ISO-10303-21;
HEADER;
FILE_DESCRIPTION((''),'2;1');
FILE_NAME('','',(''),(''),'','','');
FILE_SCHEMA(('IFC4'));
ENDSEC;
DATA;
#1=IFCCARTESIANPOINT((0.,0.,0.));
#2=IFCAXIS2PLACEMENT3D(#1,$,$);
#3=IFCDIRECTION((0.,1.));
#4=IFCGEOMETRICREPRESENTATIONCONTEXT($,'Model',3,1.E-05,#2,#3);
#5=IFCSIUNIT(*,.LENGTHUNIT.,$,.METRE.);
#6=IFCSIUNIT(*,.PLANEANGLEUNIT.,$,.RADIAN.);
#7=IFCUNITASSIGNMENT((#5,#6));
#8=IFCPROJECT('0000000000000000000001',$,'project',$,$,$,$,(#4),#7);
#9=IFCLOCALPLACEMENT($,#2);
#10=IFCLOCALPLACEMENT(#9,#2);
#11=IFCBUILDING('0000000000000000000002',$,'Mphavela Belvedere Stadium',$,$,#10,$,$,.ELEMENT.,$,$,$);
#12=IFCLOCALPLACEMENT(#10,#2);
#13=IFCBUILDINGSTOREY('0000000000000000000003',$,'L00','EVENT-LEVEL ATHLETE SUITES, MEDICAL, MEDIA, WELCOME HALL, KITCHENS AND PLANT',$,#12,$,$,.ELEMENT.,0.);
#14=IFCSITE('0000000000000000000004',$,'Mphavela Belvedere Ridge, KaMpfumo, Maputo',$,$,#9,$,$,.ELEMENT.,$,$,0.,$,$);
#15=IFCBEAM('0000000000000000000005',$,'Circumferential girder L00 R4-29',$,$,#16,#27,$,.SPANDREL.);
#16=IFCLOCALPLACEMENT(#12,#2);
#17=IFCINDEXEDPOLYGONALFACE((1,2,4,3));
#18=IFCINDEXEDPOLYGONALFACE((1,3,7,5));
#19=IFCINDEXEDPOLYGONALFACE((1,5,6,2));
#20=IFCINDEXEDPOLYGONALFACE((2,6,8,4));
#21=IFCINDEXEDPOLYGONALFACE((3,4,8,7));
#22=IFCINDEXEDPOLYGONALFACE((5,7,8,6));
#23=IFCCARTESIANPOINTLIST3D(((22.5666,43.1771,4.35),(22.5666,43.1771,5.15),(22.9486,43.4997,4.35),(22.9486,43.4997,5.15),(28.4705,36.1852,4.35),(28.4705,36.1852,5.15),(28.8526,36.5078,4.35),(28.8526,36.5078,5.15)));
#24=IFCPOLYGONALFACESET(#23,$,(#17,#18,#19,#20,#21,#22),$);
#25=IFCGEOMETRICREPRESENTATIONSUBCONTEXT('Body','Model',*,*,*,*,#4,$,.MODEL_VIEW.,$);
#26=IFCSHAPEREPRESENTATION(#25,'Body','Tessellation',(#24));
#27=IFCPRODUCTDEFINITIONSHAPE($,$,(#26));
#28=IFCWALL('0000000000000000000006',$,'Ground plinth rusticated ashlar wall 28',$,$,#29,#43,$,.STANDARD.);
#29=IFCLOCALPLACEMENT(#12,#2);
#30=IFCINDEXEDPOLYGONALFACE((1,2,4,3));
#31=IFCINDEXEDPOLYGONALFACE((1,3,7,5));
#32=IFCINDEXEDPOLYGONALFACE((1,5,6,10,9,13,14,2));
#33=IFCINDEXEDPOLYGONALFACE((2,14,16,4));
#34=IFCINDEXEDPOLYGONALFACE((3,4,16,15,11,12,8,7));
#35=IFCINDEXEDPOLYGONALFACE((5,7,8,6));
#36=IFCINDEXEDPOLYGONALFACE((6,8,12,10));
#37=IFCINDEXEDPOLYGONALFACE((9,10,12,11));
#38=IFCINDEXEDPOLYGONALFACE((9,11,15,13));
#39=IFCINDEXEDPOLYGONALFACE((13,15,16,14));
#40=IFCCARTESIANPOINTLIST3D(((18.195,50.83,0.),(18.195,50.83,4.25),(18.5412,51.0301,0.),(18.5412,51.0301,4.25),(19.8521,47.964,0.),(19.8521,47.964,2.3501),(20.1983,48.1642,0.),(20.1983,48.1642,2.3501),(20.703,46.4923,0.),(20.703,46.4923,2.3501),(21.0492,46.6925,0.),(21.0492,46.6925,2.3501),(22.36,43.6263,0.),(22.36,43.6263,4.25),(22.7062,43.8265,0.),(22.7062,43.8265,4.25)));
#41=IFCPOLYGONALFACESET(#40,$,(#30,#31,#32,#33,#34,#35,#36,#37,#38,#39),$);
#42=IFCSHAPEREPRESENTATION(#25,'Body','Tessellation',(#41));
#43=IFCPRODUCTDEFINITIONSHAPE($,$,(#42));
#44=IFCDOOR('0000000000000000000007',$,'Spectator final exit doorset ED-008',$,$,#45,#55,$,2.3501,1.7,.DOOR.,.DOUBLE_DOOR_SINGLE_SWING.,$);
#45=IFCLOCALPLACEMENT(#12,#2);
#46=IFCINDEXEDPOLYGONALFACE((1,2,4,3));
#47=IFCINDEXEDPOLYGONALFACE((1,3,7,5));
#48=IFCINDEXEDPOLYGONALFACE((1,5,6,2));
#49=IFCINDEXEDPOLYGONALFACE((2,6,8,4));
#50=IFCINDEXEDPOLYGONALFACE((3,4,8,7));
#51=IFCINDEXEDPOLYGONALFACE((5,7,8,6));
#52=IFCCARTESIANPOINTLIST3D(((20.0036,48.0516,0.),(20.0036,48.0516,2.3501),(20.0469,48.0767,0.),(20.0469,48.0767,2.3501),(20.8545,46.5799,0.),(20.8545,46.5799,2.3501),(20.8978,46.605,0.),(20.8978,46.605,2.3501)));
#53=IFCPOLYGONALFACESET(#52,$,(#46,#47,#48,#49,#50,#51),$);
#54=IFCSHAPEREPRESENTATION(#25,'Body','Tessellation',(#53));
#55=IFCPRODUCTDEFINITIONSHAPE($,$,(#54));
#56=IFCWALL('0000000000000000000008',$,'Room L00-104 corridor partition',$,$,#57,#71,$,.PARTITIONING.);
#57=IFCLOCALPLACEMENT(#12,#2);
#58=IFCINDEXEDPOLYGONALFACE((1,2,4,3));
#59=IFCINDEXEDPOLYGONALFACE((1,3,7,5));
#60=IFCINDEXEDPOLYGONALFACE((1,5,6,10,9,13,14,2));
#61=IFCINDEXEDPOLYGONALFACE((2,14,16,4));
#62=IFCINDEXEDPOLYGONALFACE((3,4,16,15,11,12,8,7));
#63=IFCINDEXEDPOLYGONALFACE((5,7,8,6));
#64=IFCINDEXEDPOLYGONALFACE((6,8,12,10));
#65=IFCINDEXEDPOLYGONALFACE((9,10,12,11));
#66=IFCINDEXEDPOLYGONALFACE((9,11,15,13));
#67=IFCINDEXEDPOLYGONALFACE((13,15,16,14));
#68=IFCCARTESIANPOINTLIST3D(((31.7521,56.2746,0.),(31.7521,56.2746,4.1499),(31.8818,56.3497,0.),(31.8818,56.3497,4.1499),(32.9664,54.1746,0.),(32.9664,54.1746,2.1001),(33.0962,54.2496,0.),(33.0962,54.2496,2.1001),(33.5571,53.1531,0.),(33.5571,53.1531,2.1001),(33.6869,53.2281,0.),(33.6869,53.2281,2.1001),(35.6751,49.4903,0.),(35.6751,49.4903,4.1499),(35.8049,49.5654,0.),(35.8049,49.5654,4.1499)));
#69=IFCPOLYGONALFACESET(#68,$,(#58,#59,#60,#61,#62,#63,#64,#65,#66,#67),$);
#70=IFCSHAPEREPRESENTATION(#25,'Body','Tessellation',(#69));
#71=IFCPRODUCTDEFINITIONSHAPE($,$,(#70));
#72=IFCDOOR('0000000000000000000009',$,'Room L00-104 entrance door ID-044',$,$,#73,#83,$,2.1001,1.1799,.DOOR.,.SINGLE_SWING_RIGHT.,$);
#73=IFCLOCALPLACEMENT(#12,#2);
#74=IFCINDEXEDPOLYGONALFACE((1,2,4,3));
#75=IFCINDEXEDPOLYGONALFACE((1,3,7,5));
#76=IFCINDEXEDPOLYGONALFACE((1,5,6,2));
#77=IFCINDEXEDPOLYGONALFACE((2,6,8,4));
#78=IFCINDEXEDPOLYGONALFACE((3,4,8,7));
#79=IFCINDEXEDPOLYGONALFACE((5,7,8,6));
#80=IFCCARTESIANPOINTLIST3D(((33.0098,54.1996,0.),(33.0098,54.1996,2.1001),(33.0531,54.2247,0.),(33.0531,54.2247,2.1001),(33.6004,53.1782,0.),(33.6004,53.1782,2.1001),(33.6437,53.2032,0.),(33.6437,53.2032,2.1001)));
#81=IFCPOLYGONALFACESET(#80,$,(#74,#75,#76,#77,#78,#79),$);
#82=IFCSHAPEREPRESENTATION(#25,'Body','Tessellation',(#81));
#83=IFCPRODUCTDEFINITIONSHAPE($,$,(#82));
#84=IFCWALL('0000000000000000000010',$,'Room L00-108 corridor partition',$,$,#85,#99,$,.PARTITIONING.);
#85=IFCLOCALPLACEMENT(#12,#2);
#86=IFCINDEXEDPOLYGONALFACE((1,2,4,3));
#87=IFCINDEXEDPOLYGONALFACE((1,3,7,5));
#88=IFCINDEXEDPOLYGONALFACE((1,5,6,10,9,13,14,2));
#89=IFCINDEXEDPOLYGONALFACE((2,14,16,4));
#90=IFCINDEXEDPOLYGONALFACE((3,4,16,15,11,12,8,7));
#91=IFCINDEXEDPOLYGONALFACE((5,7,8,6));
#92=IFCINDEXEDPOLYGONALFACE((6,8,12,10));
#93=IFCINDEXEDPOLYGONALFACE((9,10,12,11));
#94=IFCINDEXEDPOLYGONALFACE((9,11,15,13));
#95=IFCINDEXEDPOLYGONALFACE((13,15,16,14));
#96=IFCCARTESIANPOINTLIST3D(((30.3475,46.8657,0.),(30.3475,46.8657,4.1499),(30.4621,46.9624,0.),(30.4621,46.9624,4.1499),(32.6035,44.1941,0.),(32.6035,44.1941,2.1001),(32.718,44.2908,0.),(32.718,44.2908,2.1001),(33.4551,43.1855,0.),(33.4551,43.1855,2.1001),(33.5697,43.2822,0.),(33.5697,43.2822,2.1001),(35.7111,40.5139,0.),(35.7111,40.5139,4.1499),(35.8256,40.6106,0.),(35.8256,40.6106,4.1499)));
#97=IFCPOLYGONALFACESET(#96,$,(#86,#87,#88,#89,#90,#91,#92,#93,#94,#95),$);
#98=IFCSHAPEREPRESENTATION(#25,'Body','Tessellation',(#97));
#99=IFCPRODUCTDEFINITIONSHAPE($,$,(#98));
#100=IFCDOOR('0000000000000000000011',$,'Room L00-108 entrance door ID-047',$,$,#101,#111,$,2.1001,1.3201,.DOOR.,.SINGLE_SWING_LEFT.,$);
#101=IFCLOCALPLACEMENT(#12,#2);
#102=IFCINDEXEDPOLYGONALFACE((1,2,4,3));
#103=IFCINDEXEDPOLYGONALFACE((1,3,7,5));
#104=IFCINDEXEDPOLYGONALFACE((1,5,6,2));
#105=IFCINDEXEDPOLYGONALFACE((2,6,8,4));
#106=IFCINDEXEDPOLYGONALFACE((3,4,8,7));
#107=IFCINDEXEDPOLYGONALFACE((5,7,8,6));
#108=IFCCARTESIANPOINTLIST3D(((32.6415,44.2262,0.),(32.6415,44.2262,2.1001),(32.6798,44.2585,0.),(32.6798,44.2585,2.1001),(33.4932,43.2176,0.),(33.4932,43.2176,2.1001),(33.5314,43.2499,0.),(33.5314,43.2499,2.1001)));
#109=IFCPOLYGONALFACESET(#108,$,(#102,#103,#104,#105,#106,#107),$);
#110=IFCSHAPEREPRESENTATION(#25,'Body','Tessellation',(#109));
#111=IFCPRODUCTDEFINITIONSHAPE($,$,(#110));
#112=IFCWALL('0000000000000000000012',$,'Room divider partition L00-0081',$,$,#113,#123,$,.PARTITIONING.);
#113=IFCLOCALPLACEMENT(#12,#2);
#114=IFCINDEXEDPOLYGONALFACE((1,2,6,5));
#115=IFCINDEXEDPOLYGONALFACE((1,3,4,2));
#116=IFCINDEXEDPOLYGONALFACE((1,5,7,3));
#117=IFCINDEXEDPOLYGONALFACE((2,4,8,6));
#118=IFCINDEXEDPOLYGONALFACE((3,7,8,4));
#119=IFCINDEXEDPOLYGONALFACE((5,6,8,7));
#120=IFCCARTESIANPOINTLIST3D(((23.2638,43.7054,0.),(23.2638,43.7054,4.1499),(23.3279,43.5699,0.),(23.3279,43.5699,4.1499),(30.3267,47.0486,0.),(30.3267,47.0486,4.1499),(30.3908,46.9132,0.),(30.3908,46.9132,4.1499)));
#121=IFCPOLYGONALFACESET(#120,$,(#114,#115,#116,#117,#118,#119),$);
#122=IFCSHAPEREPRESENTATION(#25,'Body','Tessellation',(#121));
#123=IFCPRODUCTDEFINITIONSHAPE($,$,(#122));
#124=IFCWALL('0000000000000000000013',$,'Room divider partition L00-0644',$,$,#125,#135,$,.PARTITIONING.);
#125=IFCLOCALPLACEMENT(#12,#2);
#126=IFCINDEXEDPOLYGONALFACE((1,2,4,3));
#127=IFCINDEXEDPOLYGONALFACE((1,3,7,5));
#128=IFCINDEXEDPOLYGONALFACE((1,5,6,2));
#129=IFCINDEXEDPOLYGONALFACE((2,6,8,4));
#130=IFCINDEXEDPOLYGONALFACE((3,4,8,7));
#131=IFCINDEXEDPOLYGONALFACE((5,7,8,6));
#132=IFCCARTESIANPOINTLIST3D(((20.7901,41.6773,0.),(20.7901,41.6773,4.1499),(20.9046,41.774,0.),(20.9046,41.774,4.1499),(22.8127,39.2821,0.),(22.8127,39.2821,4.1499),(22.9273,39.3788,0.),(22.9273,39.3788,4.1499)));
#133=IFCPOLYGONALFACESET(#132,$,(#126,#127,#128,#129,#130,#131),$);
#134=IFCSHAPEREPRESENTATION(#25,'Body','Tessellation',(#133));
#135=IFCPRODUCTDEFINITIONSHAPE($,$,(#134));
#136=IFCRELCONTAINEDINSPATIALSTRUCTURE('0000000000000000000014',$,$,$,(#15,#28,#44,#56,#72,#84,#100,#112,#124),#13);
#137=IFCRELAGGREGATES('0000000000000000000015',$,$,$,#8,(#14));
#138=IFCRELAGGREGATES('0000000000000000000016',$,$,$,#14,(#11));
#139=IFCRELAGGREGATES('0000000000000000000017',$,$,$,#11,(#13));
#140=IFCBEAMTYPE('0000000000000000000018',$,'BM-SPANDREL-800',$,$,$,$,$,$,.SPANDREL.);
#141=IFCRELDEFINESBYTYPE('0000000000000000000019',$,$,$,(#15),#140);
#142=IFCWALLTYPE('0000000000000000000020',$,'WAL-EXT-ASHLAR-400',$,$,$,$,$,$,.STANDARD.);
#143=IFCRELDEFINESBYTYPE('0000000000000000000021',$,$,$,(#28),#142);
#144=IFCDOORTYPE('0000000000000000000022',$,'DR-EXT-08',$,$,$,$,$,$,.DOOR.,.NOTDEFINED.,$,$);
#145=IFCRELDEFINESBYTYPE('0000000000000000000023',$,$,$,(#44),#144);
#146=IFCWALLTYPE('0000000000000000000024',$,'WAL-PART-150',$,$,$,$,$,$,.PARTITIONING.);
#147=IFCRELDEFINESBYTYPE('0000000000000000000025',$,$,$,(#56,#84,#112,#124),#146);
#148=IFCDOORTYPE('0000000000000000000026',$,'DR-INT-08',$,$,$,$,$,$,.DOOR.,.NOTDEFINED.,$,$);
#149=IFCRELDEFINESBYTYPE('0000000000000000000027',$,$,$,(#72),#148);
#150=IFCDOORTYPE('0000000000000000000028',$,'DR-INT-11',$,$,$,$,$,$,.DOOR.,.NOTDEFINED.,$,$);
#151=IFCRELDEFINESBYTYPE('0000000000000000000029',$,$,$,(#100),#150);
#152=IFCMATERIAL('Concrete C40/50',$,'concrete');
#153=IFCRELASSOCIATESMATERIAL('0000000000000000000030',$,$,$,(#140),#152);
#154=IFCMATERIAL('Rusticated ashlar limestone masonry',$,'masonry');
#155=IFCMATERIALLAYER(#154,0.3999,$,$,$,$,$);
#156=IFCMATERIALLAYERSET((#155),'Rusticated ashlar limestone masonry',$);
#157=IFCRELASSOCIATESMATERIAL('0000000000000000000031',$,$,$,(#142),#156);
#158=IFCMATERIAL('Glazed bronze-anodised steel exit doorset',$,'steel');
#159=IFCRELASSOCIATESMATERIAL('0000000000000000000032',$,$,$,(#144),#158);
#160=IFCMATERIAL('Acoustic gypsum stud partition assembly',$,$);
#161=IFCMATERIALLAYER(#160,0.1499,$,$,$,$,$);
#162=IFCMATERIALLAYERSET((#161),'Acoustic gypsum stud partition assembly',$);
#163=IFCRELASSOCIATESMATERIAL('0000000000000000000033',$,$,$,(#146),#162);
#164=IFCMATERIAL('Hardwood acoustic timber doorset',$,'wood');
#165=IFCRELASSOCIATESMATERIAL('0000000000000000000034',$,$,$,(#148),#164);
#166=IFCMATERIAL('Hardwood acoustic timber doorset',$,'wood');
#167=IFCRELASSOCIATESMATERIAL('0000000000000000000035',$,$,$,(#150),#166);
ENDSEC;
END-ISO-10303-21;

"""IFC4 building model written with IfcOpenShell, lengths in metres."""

from ifc_helpers import new_model, si_unit, direction, frame, frame_2d, origin, origin_2d, place, context, subcontext, project, spatial, rectangle, extrude, material, layer, layer_set, material_profile, profile_set, type_object, element, fill, save


model = new_model("IFC4")

# Units and contexts
model_context = context("Model", 3, precision=1e-05, world=origin(), true_north=direction((0.0, 1.0)))
body_context = subcontext(model_context, "Body", "Model", "MODEL_VIEW")
ifc_project = project(units=[si_unit("LENGTHUNIT", "METRE"), si_unit("PLANEANGLEUNIT", "RADIAN")], contexts=[model_context])

# Site, building, storey
site_placement = place(None, origin())
site = spatial("IfcSite", under=ifc_project, at=site_placement, Name="Mphavela Belvedere Ridge, KaMpfumo, Maputo", CompositionType="ELEMENT", RefElevation=0.0)
building_placement = place(site_placement, origin())
building = spatial("IfcBuilding", under=site, at=building_placement, Name="Mphavela Belvedere Stadium", CompositionType="ELEMENT")
storey_placement = place(building_placement, origin())
storey = spatial("IfcBuildingStorey", under=building, at=storey_placement, Name="L00", Description="EVENT-LEVEL ATHLETE SUITES, MEDICAL, MEDIA, WELCOME HALL, KITCHENS AND PLANT", CompositionType="ELEMENT", Elevation=0.0)

# Beam
ifc_material_1 = material(Name="Concrete C40/50", Category="concrete")
ifc_material_profile_1 = material_profile(ifc_material_1, rectangle(XDim=0.5, YDim=0.8, at=origin_2d()), Name="RC 500x800")
ifc_profile_set_1 = profile_set([ifc_material_profile_1], Name="Concrete C40/50")
beam_type_1 = type_object("IfcBeamType", Name="BM-SPANDREL-800", PredefinedType="SPANDREL", material=ifc_profile_set_1)
beam_1_placement = place(storey_placement, frame((22.7576, 43.3384, 4.75), z_axis=(0.645165, -0.764044, 0.0), x_axis=(0.764044, 0.645165, 0.0)))
element("IfcBeam", 1, at=beam_1_placement, inside=storey, type_object=beam_type_1, Name="Circumferential girder L00 R4-29", PredefinedType="SPANDREL", context=body_context, shape_type="SweptSolid", body=[
    extrude(rectangle(XDim=0.5, YDim=0.8, at=origin_2d()), origin(), (0.0, 0.0, 1.0), 9.1511),
])

# Walls, openings, doors
ifc_material_2 = material(Name="Rusticated ashlar limestone masonry", Category="masonry")
ifc_layer_1 = layer(ifc_material_2, 0.3999)
ifc_layer_set_1 = layer_set([ifc_layer_1], Name="Rusticated ashlar limestone masonry")
wall_type_1 = type_object("IfcWallType", Name="WAL-EXT-ASHLAR-400", PredefinedType="STANDARD", material=ifc_layer_set_1)
wall_1_placement = place(storey_placement, frame((22.5332, 43.7263, 0.0), z_axis=(0.0, 0.0, 1.0), x_axis=(-0.500543, 0.865711, 0.0)))
wall_1 = element("IfcWall", 2, at=wall_1_placement, inside=storey, type_object=wall_type_1, Name="Ground plinth rusticated ashlar wall 28", PredefinedType="STANDARD", context=body_context, shape_type="SweptSolid", body=[
    extrude(rectangle(XDim=8.321, YDim=0.3999, at=frame_2d((4.1606, 0.0))), origin(), (0.0, 0.0, 1.0), 4.25),
])
opening_1_placement = place(wall_1_placement, frame((3.3105, 0.0, 0.0)))
opening_1 = element("IfcOpeningElement", 3, at=opening_1_placement, cuts=wall_1, PredefinedType="OPENING", context=body_context, shape_type="SweptSolid", body=[
    extrude(rectangle(XDim=1.7, YDim=2.3501, at=frame_2d((0.8501, 1.175))), frame((0.0, 0.21, 0.0), z_axis=(0.0, -1.0, 0.0), x_axis=(1.0, 0.0, 0.0)), (0.0, 0.0, 1.0), 0.4199),
])
ifc_material_3 = material(Name="Glazed bronze-anodised steel exit doorset", Category="steel")
door_type_1 = type_object("IfcDoorType", Name="DR-EXT-08", OperationType="NOTDEFINED", PredefinedType="DOOR", material=ifc_material_3)
door_1_placement = place(opening_1_placement, origin())
door_1 = element("IfcDoor", 4, at=door_1_placement, inside=storey, type_object=door_type_1, Name="Spectator final exit doorset ED-008", OperationType="DOUBLE_DOOR_SINGLE_SWING", OverallHeight=2.3501, OverallWidth=1.7, PredefinedType="DOOR", context=body_context, shape_type="SweptSolid", body=[
    extrude(rectangle(XDim=1.7, YDim=2.3501, at=frame_2d((0.8501, 1.175))), frame((0.0, 0.0249, 0.0), z_axis=(0.0, -1.0, 0.0), x_axis=(1.0, 0.0, 0.0)), (0.0, 0.0, 1.0), 0.05),
])
fill(opening_1, door_1)
ifc_material_4 = material(Name="Acoustic gypsum stud partition assembly")
ifc_layer_2 = layer(ifc_material_4, 0.1499)
ifc_layer_set_2 = layer_set([ifc_layer_2], Name="Acoustic gypsum stud partition assembly")
wall_type_2 = type_object("IfcWallType", Name="WAL-PART-150", PredefinedType="PARTITIONING", material=ifc_layer_set_2)
wall_2_placement = place(storey_placement, frame((35.74, 49.5278, 0.0), z_axis=(0.0, 0.0, 1.0), x_axis=(-0.500584, 0.865688, 0.0)))
wall_2 = element("IfcWall", 5, at=wall_2_placement, inside=storey, type_object=wall_type_2, Name="Room L00-104 corridor partition", PredefinedType="PARTITIONING", context=body_context, shape_type="SweptSolid", body=[
    extrude(rectangle(XDim=7.8369, YDim=0.1499, at=frame_2d((3.9185, 0.0))), origin(), (0.0, 0.0, 1.0), 4.1499),
])
opening_2_placement = place(wall_2_placement, frame((4.2312, 0.0, 0.0)))
opening_2 = element("IfcOpeningElement", 6, at=opening_2_placement, cuts=wall_2, PredefinedType="OPENING", context=body_context, shape_type="SweptSolid", body=[
    extrude(rectangle(XDim=1.1799, YDim=2.1001, at=frame_2d((0.5898, 1.05))), frame((0.0, 0.085, 0.0), z_axis=(0.0, -1.0, 0.0), x_axis=(1.0, 0.0, 0.0)), (0.0, 0.0, 1.0), 0.1699),
])
ifc_material_5 = material(Name="Hardwood acoustic timber doorset", Category="wood")
door_type_2 = type_object("IfcDoorType", Name="DR-INT-08", OperationType="NOTDEFINED", PredefinedType="DOOR", material=ifc_material_5)
door_2_placement = place(opening_2_placement, origin())
door_2 = element("IfcDoor", 7, at=door_2_placement, inside=storey, type_object=door_type_2, Name="Room L00-104 entrance door ID-044", OperationType="SINGLE_SWING_RIGHT", OverallHeight=2.1001, OverallWidth=1.1799, PredefinedType="DOOR", context=body_context, shape_type="SweptSolid", body=[
    extrude(rectangle(XDim=1.1799, YDim=2.1001, at=frame_2d((0.5898, 1.05))), frame((0.0, 0.0249, 0.0), z_axis=(0.0, -1.0, 0.0), x_axis=(1.0, 0.0, 0.0)), (0.0, 0.0, 1.0), 0.05),
])
fill(opening_2, door_2)
wall_3_placement = place(storey_placement, frame((30.4048, 46.9141, 0.0), z_axis=(0.0, 0.0, 1.0), x_axis=(0.645165, -0.764043, 0.0)))
wall_3 = element("IfcWall", 8, at=wall_3_placement, inside=storey, type_object=wall_type_2, Name="Room L00-108 corridor partition", PredefinedType="PARTITIONING", context=body_context, shape_type="SweptSolid", body=[
    extrude(rectangle(XDim=8.3135, YDim=0.1499, at=frame_2d((4.1567, 0.0))), origin(), (0.0, 0.0, 1.0), 4.1499),
])
opening_3_placement = place(wall_3_placement, frame((3.4966, 0.0, 0.0)))
opening_3 = element("IfcOpeningElement", 9, at=opening_3_placement, cuts=wall_3, PredefinedType="OPENING", context=body_context, shape_type="SweptSolid", body=[
    extrude(rectangle(XDim=1.3201, YDim=2.1001, at=frame_2d((0.6602, 1.05))), frame((0.0, 0.085, 0.0), z_axis=(0.0, -1.0, 0.0), x_axis=(1.0, 0.0, 0.0)), (0.0, 0.0, 1.0), 0.1699),
])
ifc_material_6 = material(Name="Hardwood acoustic timber doorset", Category="wood")
door_type_3 = type_object("IfcDoorType", Name="DR-INT-11", OperationType="NOTDEFINED", PredefinedType="DOOR", material=ifc_material_6)
door_3_placement = place(opening_3_placement, origin())
door_3 = element("IfcDoor", 10, at=door_3_placement, inside=storey, type_object=door_type_3, Name="Room L00-108 entrance door ID-047", OperationType="SINGLE_SWING_LEFT", OverallHeight=2.1001, OverallWidth=1.3201, PredefinedType="DOOR", context=body_context, shape_type="SweptSolid", body=[
    extrude(rectangle(XDim=1.3201, YDim=2.1001, at=frame_2d((0.6602, 1.05))), frame((0.0, 0.0249, 0.0), z_axis=(0.0, -1.0, 0.0), x_axis=(1.0, 0.0, 0.0)), (0.0, 0.0, 1.0), 0.05),
])
fill(opening_3, door_3)

# Walls
wall_4_placement = place(storey_placement, frame((30.3589, 46.981, 0.0), z_axis=(0.0, 0.0, 1.0), x_axis=(-0.903855, -0.427839, 0.0)))
element("IfcWall", 11, at=wall_4_placement, inside=storey, type_object=wall_type_2, Name="Room divider partition L00-0081", PredefinedType="PARTITIONING", context=body_context, shape_type="SweptSolid", body=[
    extrude(rectangle(XDim=7.8142, YDim=0.1499, at=frame_2d((3.9072, 0.0))), origin(), (0.0, 0.0, 1.0), 4.1499),
])
wall_5_placement = place(storey_placement, frame((20.8474, 41.7256, 0.0), z_axis=(0.0, 0.0, 1.0), x_axis=(0.645188, -0.764024, 0.0)))
element("IfcWall", 12, at=wall_5_placement, inside=storey, type_object=wall_type_2, Name="Room divider partition L00-0644", PredefinedType="PARTITIONING", context=body_context, shape_type="SweptSolid", body=[
    extrude(rectangle(XDim=3.135, YDim=0.1499, at=frame_2d((1.5674, 0.0))), origin(), (0.0, 0.0, 1.0), 4.1499),
])

save(model, "model.ifc")
